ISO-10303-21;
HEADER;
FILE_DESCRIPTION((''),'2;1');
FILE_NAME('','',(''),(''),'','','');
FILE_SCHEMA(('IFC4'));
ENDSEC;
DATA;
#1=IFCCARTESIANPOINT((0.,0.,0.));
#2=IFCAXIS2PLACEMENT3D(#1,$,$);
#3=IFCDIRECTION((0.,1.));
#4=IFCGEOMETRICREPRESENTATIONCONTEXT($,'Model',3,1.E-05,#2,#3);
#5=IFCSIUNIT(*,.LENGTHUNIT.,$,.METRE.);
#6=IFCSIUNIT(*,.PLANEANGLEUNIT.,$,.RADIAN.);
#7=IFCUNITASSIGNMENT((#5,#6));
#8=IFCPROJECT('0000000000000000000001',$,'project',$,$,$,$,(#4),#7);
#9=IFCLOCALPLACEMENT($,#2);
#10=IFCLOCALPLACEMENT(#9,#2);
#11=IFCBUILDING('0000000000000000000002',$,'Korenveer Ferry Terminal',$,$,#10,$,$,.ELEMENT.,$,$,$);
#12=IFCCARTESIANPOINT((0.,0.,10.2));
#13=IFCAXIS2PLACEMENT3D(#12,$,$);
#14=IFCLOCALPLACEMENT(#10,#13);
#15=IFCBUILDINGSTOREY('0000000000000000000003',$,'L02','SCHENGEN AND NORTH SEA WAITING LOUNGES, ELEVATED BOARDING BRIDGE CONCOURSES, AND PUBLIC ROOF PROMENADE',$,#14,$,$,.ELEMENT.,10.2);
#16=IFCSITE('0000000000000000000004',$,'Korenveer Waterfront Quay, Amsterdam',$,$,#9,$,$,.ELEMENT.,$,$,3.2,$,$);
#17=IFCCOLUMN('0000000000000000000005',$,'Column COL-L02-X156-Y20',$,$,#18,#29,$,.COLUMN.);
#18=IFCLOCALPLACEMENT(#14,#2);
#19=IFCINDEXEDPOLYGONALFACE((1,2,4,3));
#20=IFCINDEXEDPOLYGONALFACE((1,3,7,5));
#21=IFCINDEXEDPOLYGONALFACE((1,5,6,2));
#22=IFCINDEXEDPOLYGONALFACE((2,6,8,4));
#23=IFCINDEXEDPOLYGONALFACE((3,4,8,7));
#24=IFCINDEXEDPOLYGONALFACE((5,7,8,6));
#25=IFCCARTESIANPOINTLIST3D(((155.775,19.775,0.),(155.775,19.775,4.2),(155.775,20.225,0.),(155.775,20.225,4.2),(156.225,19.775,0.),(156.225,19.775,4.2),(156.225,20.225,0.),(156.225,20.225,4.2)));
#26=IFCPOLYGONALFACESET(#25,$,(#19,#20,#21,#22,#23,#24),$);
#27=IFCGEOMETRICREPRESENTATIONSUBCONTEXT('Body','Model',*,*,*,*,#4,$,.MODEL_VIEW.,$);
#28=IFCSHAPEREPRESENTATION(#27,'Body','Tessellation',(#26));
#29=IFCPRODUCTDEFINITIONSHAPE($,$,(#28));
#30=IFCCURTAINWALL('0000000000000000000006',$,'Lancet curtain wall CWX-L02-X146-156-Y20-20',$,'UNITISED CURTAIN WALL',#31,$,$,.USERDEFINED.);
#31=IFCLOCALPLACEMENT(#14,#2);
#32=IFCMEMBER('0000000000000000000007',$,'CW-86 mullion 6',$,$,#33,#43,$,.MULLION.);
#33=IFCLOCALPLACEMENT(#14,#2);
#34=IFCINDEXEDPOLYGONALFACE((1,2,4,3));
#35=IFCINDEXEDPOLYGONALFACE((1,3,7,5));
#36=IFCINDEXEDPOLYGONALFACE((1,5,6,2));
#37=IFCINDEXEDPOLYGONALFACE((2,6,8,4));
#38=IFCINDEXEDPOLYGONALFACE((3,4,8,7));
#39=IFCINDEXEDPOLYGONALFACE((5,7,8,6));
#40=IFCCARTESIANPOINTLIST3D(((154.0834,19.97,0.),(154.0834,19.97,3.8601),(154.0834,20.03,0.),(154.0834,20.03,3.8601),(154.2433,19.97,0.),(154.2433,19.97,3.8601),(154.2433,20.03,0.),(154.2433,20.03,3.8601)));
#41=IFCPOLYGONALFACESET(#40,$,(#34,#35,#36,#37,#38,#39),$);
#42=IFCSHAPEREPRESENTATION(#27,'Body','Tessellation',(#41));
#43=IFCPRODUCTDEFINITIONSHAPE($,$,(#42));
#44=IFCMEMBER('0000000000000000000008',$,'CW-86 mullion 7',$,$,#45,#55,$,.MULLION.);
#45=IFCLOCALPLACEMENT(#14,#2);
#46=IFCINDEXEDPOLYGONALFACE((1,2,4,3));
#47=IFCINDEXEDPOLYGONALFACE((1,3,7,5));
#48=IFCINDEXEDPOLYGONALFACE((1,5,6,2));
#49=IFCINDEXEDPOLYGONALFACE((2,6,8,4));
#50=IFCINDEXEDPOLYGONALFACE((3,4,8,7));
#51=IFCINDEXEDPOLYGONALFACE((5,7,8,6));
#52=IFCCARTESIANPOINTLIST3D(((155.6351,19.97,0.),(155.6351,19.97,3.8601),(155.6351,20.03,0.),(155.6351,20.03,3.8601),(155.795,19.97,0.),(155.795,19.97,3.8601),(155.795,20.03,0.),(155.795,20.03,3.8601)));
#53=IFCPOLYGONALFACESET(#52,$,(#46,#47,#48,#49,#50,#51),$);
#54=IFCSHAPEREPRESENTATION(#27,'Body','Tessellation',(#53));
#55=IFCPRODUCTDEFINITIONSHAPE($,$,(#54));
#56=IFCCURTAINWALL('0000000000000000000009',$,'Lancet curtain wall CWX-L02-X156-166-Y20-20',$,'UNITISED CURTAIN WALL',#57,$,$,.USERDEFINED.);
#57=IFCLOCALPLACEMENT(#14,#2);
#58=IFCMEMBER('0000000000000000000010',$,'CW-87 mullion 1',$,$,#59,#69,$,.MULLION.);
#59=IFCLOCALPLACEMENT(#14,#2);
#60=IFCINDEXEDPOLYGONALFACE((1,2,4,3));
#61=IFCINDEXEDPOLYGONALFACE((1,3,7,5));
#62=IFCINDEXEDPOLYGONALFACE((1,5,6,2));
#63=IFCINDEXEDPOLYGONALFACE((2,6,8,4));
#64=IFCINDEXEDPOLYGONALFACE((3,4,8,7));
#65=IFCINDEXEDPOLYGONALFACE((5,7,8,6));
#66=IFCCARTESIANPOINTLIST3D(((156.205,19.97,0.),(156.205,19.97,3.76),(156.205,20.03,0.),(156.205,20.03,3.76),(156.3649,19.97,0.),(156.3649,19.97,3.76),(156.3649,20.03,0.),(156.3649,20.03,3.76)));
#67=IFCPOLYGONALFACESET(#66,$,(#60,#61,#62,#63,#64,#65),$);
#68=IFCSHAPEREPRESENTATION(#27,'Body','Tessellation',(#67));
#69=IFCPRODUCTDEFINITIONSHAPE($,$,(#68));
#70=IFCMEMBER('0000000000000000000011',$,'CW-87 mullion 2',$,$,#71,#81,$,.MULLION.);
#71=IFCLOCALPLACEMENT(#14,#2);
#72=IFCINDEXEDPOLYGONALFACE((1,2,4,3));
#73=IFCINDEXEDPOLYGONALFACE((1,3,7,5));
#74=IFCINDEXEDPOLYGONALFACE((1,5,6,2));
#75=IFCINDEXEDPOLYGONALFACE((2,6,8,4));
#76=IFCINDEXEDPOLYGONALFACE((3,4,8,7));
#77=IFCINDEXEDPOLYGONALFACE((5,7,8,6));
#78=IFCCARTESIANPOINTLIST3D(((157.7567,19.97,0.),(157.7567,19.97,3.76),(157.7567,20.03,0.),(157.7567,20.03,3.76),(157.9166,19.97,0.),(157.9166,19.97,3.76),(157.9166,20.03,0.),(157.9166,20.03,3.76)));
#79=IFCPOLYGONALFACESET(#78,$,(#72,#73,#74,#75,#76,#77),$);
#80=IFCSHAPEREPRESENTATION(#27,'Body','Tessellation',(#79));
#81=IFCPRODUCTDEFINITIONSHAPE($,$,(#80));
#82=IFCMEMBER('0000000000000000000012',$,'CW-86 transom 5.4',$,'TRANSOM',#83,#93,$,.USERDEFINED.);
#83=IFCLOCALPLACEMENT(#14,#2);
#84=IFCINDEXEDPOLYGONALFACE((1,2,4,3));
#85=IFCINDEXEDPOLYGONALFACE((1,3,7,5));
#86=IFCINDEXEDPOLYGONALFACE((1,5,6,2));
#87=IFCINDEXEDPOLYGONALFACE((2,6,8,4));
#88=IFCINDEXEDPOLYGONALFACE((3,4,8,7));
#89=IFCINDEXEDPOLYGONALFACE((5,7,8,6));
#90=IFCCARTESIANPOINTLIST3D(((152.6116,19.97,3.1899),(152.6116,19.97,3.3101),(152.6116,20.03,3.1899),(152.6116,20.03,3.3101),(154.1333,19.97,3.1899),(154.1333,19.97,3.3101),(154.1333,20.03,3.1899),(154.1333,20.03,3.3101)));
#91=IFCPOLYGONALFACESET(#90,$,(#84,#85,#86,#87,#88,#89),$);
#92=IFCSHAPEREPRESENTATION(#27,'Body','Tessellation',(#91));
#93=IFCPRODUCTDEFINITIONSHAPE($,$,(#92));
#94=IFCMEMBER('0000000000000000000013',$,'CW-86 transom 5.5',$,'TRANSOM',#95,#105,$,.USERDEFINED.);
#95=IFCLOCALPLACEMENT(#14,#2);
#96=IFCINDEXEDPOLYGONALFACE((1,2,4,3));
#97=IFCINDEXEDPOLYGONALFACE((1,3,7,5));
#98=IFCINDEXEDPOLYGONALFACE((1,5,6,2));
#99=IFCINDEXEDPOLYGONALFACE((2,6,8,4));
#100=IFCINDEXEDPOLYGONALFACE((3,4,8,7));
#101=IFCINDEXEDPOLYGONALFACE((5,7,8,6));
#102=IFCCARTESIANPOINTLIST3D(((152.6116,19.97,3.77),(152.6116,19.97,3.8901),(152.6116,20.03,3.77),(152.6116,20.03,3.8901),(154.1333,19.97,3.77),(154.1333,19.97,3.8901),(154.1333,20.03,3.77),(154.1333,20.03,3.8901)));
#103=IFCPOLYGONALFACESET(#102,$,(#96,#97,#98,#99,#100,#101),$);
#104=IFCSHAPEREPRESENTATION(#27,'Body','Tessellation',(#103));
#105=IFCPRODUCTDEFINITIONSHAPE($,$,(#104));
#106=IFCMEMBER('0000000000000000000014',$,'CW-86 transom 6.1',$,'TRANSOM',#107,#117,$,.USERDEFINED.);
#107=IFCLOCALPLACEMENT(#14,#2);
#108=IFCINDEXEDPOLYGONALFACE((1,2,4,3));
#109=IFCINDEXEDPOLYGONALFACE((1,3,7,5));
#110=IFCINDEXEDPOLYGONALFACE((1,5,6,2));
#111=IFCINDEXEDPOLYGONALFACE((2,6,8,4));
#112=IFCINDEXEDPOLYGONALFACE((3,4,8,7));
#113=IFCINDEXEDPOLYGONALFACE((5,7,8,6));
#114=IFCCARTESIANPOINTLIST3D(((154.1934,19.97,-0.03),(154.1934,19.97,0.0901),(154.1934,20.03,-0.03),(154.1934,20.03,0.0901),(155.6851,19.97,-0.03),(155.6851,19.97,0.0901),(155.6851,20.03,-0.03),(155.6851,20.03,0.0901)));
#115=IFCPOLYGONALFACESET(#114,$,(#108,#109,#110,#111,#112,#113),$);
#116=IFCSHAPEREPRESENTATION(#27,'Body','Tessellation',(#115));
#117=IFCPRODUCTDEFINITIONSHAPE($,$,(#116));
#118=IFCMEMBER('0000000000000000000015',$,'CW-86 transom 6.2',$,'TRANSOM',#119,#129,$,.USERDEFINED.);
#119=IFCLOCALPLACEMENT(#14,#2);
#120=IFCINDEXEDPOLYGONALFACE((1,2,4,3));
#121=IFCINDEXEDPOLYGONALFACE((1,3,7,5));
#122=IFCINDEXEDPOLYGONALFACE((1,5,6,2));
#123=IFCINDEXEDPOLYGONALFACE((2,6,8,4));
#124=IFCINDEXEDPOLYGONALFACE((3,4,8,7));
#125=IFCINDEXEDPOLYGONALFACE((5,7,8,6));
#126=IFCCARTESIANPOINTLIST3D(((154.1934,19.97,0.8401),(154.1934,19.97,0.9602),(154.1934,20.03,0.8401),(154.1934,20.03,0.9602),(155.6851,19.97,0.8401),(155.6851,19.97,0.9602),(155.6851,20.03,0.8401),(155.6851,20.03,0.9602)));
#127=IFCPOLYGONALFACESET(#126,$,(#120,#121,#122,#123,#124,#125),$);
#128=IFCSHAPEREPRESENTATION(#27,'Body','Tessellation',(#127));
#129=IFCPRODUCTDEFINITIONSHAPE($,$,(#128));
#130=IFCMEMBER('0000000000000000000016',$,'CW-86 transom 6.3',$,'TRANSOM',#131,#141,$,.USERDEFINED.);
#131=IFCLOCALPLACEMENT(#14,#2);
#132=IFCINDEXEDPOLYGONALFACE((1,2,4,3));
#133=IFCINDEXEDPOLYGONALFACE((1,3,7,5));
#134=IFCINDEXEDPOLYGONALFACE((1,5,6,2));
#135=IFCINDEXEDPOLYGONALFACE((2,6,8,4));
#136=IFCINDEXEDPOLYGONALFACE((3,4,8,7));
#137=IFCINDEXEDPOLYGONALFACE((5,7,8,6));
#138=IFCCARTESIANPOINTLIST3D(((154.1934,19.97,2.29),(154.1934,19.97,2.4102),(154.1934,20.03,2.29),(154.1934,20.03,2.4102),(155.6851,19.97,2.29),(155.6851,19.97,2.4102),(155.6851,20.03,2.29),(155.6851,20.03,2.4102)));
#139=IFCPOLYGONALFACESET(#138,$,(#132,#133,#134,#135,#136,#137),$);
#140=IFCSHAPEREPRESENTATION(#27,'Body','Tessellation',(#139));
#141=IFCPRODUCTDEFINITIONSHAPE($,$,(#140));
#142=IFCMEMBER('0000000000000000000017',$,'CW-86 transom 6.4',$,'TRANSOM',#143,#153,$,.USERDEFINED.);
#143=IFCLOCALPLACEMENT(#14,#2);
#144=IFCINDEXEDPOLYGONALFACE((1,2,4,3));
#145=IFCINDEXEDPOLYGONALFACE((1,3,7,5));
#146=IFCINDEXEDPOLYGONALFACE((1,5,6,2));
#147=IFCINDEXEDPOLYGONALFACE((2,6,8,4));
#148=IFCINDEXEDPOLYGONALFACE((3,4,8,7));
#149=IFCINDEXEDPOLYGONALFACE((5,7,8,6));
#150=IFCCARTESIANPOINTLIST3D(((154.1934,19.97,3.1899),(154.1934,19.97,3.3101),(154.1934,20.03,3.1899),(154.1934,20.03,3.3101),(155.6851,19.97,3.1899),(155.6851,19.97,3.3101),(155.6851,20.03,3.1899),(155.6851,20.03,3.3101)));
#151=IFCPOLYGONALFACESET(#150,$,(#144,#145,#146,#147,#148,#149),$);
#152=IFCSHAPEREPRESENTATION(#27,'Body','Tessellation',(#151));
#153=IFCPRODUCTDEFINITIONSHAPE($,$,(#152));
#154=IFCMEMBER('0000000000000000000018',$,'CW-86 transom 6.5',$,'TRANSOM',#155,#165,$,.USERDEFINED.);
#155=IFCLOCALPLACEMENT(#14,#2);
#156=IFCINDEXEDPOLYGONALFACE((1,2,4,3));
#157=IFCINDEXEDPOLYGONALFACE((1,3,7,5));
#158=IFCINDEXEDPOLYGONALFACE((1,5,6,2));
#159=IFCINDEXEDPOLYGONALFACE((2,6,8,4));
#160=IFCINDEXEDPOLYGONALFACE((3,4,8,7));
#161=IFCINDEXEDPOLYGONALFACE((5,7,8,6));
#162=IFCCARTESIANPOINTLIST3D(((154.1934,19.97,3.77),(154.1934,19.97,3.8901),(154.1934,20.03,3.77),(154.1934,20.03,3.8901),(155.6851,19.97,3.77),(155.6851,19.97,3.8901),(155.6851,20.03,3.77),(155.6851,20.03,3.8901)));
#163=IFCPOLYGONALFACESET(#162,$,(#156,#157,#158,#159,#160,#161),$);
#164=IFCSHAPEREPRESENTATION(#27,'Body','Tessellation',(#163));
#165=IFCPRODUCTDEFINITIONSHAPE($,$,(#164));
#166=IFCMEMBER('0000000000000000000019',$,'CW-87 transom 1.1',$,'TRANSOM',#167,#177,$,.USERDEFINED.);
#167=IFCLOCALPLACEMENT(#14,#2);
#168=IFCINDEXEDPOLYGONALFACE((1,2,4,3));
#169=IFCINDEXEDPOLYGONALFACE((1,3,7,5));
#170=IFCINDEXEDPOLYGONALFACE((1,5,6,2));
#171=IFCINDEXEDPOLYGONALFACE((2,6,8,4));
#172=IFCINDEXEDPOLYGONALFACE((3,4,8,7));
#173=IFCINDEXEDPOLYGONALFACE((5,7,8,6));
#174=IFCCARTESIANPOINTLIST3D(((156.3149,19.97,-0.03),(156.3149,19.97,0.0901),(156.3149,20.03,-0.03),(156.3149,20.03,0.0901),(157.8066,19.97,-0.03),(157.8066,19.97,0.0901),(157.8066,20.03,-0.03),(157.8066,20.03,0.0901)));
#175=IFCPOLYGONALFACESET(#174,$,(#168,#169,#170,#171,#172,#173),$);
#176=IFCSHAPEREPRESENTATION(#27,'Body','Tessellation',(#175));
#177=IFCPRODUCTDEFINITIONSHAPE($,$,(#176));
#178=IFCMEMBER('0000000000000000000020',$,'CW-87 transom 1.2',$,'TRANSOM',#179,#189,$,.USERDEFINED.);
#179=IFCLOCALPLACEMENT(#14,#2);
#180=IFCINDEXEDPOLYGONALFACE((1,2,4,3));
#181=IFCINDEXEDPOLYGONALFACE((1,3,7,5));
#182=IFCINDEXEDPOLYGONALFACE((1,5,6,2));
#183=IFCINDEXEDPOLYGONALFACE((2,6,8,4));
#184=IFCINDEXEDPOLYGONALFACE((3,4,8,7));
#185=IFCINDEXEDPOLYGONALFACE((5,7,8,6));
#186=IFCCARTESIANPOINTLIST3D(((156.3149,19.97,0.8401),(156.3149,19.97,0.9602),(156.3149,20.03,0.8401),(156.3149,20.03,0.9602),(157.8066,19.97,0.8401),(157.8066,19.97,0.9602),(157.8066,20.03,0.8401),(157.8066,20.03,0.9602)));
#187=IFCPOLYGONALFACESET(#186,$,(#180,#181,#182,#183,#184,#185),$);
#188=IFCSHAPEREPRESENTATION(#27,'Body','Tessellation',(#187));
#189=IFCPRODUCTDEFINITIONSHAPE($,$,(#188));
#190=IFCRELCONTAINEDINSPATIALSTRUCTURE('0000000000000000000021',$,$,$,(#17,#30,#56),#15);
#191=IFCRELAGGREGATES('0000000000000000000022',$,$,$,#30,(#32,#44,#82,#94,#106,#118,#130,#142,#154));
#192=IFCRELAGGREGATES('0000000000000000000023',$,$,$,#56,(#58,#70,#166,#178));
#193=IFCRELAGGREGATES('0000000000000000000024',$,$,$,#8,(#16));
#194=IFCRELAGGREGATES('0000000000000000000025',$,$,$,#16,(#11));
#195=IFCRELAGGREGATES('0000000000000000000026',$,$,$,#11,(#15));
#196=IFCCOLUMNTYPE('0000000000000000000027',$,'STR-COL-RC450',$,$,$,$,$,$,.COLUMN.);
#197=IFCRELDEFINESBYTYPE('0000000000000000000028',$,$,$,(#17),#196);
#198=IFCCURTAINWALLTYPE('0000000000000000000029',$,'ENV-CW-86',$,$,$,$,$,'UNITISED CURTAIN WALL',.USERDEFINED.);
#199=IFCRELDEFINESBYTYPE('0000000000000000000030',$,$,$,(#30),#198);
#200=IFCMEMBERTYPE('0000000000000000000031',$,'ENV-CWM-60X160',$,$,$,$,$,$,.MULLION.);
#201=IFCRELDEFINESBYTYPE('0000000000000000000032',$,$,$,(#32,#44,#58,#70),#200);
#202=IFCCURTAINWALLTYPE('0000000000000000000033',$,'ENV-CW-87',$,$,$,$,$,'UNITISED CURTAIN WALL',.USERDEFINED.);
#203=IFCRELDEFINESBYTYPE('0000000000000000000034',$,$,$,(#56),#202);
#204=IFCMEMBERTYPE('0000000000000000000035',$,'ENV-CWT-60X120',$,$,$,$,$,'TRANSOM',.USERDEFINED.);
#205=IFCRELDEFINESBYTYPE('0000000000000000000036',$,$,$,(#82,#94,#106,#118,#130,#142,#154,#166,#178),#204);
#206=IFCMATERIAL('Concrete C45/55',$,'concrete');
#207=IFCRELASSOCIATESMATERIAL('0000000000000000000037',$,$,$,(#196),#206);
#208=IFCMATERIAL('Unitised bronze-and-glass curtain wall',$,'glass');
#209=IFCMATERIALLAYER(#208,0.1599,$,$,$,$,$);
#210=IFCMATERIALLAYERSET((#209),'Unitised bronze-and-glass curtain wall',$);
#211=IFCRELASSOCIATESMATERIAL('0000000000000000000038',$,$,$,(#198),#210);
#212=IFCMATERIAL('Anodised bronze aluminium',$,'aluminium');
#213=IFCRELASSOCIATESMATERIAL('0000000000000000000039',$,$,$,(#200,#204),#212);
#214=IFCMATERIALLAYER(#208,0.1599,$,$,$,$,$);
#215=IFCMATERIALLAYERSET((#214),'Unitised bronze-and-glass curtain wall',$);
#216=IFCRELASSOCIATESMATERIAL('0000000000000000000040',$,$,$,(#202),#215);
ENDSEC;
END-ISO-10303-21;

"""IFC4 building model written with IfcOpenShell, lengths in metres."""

from ifc_helpers import new_model, si_unit, direction, frame, origin, origin_2d, place, context, subcontext, project, spatial, rectangle, extrude, material, layer, layer_set, material_profile, profile_set, type_object, element, aggregate, save


model = new_model("IFC4")

# Units and contexts
model_context = context("Model", 3, precision=1e-05, world=origin(), true_north=direction((0.0, 1.0)))
body_context = subcontext(model_context, "Body", "Model", "MODEL_VIEW")
ifc_project = project(units=[si_unit("LENGTHUNIT", "METRE"), si_unit("PLANEANGLEUNIT", "RADIAN")], contexts=[model_context])

# Site, building, storey
site_placement = place(None, origin())
site = spatial("IfcSite", under=ifc_project, at=site_placement, Name="Korenveer Waterfront Quay, Amsterdam", CompositionType="ELEMENT", RefElevation=3.2)
building_placement = place(site_placement, origin())
building = spatial("IfcBuilding", under=site, at=building_placement, Name="Korenveer Ferry Terminal", CompositionType="ELEMENT")
storey_placement = place(building_placement, frame((0.0, 0.0, 10.2)))
storey = spatial("IfcBuildingStorey", under=building, at=storey_placement, Name="L02", Description="SCHENGEN AND NORTH SEA WAITING LOUNGES, ELEVATED BOARDING BRIDGE CONCOURSES, AND PUBLIC ROOF PROMENADE", CompositionType="ELEMENT", Elevation=10.2)

# Column
ifc_material_1 = material(Name="Concrete C45/55", Category="concrete")
ifc_material_profile_1 = material_profile(ifc_material_1, rectangle(XDim=0.45, YDim=0.45, at=origin_2d()), Name="RC 450x450")
ifc_profile_set_1 = profile_set([ifc_material_profile_1], Name="Concrete C45/55")
column_type = type_object("IfcColumnType", Name="STR-COL-RC450", PredefinedType="COLUMN", material=ifc_profile_set_1)
column_placement = place(storey_placement, frame((156.0, 20.0, 0.0), z_axis=(0.0, 0.0, 1.0), x_axis=(1.0, 0.0, 0.0)))
element("IfcColumn", 1, at=column_placement, inside=storey, type_object=column_type, Name="Column COL-L02-X156-Y20", PredefinedType="COLUMN", context=body_context, shape_type="SweptSolid", body=[
    extrude(rectangle(XDim=0.45, YDim=0.45, at=origin_2d()), origin(), (0.0, 0.0, 1.0), 4.2),
])

# Curtain walls, members
ifc_material_2 = material(Name="Unitised bronze-and-glass curtain wall", Category="glass")
ifc_layer_1 = layer(ifc_material_2, 0.1599)
ifc_layer_set_1 = layer_set([ifc_layer_1], Name="Unitised bronze-and-glass curtain wall")
curtain_wall_type_1 = type_object("IfcCurtainWallType", Name="ENV-CW-86", ElementType="UNITISED CURTAIN WALL", PredefinedType="USERDEFINED", material=ifc_layer_set_1)
curtain_wall_1_placement = place(storey_placement, frame((146.2549, 20.0, 0.0)))
curtain_wall_1 = element("IfcCurtainWall", 2, at=curtain_wall_1_placement, inside=storey, type_object=curtain_wall_type_1, Name="Lancet curtain wall CWX-L02-X146-156-Y20-20", ObjectType="UNITISED CURTAIN WALL", PredefinedType="USERDEFINED")
ifc_material_3 = material(Name="Anodised bronze aluminium", Category="aluminium")
ifc_material_profile_2 = material_profile(ifc_material_3, rectangle(XDim=0.0601, YDim=0.1599, at=origin_2d()), Name="ALU 60x160")
ifc_profile_set_2 = profile_set([ifc_material_profile_2], Name="Anodised bronze aluminium")
member_type_1 = type_object("IfcMemberType", Name="ENV-CWM-60X160", PredefinedType="MULLION", material=ifc_profile_set_2)
member_1_placement = place(storey_placement, frame((154.1633, 20.0, 0.0), z_axis=(0.0, 0.0, 1.0), x_axis=(0.0, 1.0, 0.0)))
member_1 = element("IfcMember", 3, at=member_1_placement, type_object=member_type_1, Name="CW-86 mullion 6", PredefinedType="MULLION", context=body_context, shape_type="SweptSolid", body=[
    extrude(rectangle(XDim=0.0601, YDim=0.1599, at=origin_2d()), origin(), (0.0, 0.0, 1.0), 3.8601),
])
member_2_placement = place(storey_placement, frame((155.7151, 20.0, 0.0), z_axis=(0.0, 0.0, 1.0), x_axis=(0.0, 1.0, 0.0)))
member_2 = element("IfcMember", 4, at=member_2_placement, type_object=member_type_1, Name="CW-86 mullion 7", PredefinedType="MULLION", context=body_context, shape_type="SweptSolid", body=[
    extrude(rectangle(XDim=0.0601, YDim=0.1599, at=origin_2d()), origin(), (0.0, 0.0, 1.0), 3.8601),
])
ifc_layer_2 = layer(ifc_material_2, 0.1599)
ifc_layer_set_2 = layer_set([ifc_layer_2], Name="Unitised bronze-and-glass curtain wall")
curtain_wall_type_2 = type_object("IfcCurtainWallType", Name="ENV-CW-87", ElementType="UNITISED CURTAIN WALL", PredefinedType="USERDEFINED", material=ifc_layer_set_2)
curtain_wall_2_placement = place(storey_placement, frame((156.2549, 20.0, 0.0)))
curtain_wall_2 = element("IfcCurtainWall", 5, at=curtain_wall_2_placement, inside=storey, type_object=curtain_wall_type_2, Name="Lancet curtain wall CWX-L02-X156-166-Y20-20", ObjectType="UNITISED CURTAIN WALL", PredefinedType="USERDEFINED")
member_3_placement = place(storey_placement, frame((156.2849, 20.0, 0.0), z_axis=(0.0, 0.0, 1.0), x_axis=(0.0, 1.0, 0.0)))
member_3 = element("IfcMember", 6, at=member_3_placement, type_object=member_type_1, Name="CW-87 mullion 1", PredefinedType="MULLION", context=body_context, shape_type="SweptSolid", body=[
    extrude(rectangle(XDim=0.0601, YDim=0.1599, at=origin_2d()), origin(), (0.0, 0.0, 1.0), 3.76),
])
member_4_placement = place(storey_placement, frame((157.8367, 20.0, 0.0), z_axis=(0.0, 0.0, 1.0), x_axis=(0.0, 1.0, 0.0)))
member_4 = element("IfcMember", 7, at=member_4_placement, type_object=member_type_1, Name="CW-87 mullion 2", PredefinedType="MULLION", context=body_context, shape_type="SweptSolid", body=[
    extrude(rectangle(XDim=0.0601, YDim=0.1599, at=origin_2d()), origin(), (0.0, 0.0, 1.0), 3.76),
])

# Members
ifc_material_profile_3 = material_profile(ifc_material_3, rectangle(XDim=0.0601, YDim=0.1201, at=origin_2d()), Name="ALU 60x120")
ifc_profile_set_3 = profile_set([ifc_material_profile_3], Name="Anodised bronze aluminium")
member_type_2 = type_object("IfcMemberType", Name="ENV-CWT-60X120", ElementType="TRANSOM", PredefinedType="USERDEFINED", material=ifc_profile_set_3)
member_5_placement = place(storey_placement, frame((152.6116, 20.0, 3.25), z_axis=(1.0, 0.0, 0.0), x_axis=(0.0, 1.0, 0.0)))
member_5 = element("IfcMember", 8, at=member_5_placement, type_object=member_type_2, Name="CW-86 transom 5.4", ObjectType="TRANSOM", PredefinedType="USERDEFINED", context=body_context, shape_type="SweptSolid", body=[
    extrude(rectangle(XDim=0.0601, YDim=0.1201, at=origin_2d()), origin(), (0.0, 0.0, 1.0), 1.5217),
])
member_6_placement = place(storey_placement, frame((152.6116, 20.0, 3.8301), z_axis=(1.0, 0.0, 0.0), x_axis=(0.0, 1.0, 0.0)))
member_6 = element("IfcMember", 9, at=member_6_placement, type_object=member_type_2, Name="CW-86 transom 5.5", ObjectType="TRANSOM", PredefinedType="USERDEFINED", context=body_context, shape_type="SweptSolid", body=[
    extrude(rectangle(XDim=0.0601, YDim=0.1201, at=origin_2d()), origin(), (0.0, 0.0, 1.0), 1.5217),
])
member_7_placement = place(storey_placement, frame((154.1934, 20.0, 0.03), z_axis=(1.0, 0.0, 0.0), x_axis=(0.0, 1.0, 0.0)))
member_7 = element("IfcMember", 10, at=member_7_placement, type_object=member_type_2, Name="CW-86 transom 6.1", ObjectType="TRANSOM", PredefinedType="USERDEFINED", context=body_context, shape_type="SweptSolid", body=[
    extrude(rectangle(XDim=0.0601, YDim=0.1201, at=origin_2d()), origin(), (0.0, 0.0, 1.0), 1.4917),
])
member_8_placement = place(storey_placement, frame((154.1934, 20.0, 0.9001), z_axis=(1.0, 0.0, 0.0), x_axis=(0.0, 1.0, 0.0)))
member_8 = element("IfcMember", 11, at=member_8_placement, type_object=member_type_2, Name="CW-86 transom 6.2", ObjectType="TRANSOM", PredefinedType="USERDEFINED", context=body_context, shape_type="SweptSolid", body=[
    extrude(rectangle(XDim=0.0601, YDim=0.1201, at=origin_2d()), origin(), (0.0, 0.0, 1.0), 1.4917),
])
member_9_placement = place(storey_placement, frame((154.1934, 20.0, 2.3501), z_axis=(1.0, 0.0, 0.0), x_axis=(0.0, 1.0, 0.0)))
member_9 = element("IfcMember", 12, at=member_9_placement, type_object=member_type_2, Name="CW-86 transom 6.3", ObjectType="TRANSOM", PredefinedType="USERDEFINED", context=body_context, shape_type="SweptSolid", body=[
    extrude(rectangle(XDim=0.0601, YDim=0.1201, at=origin_2d()), origin(), (0.0, 0.0, 1.0), 1.4917),
])
member_10_placement = place(storey_placement, frame((154.1934, 20.0, 3.25), z_axis=(1.0, 0.0, 0.0), x_axis=(0.0, 1.0, 0.0)))
member_10 = element("IfcMember", 13, at=member_10_placement, type_object=member_type_2, Name="CW-86 transom 6.4", ObjectType="TRANSOM", PredefinedType="USERDEFINED", context=body_context, shape_type="SweptSolid", body=[
    extrude(rectangle(XDim=0.0601, YDim=0.1201, at=origin_2d()), origin(), (0.0, 0.0, 1.0), 1.4917),
])
member_11_placement = place(storey_placement, frame((154.1934, 20.0, 3.8301), z_axis=(1.0, 0.0, 0.0), x_axis=(0.0, 1.0, 0.0)))
member_11 = element("IfcMember", 14, at=member_11_placement, type_object=member_type_2, Name="CW-86 transom 6.5", ObjectType="TRANSOM", PredefinedType="USERDEFINED", context=body_context, shape_type="SweptSolid", body=[
    extrude(rectangle(XDim=0.0601, YDim=0.1201, at=origin_2d()), origin(), (0.0, 0.0, 1.0), 1.4917),
])
member_12_placement = place(storey_placement, frame((156.3149, 20.0, 0.03), z_axis=(1.0, 0.0, 0.0), x_axis=(0.0, 1.0, 0.0)))
member_12 = element("IfcMember", 15, at=member_12_placement, type_object=member_type_2, Name="CW-87 transom 1.1", ObjectType="TRANSOM", PredefinedType="USERDEFINED", context=body_context, shape_type="SweptSolid", body=[
    extrude(rectangle(XDim=0.0601, YDim=0.1201, at=origin_2d()), origin(), (0.0, 0.0, 1.0), 1.4917),
])
member_13_placement = place(storey_placement, frame((156.3149, 20.0, 0.9001), z_axis=(1.0, 0.0, 0.0), x_axis=(0.0, 1.0, 0.0)))
member_13 = element("IfcMember", 16, at=member_13_placement, type_object=member_type_2, Name="CW-87 transom 1.2", ObjectType="TRANSOM", PredefinedType="USERDEFINED", context=body_context, shape_type="SweptSolid", body=[
    extrude(rectangle(XDim=0.0601, YDim=0.1201, at=origin_2d()), origin(), (0.0, 0.0, 1.0), 1.4917),
])

aggregate(curtain_wall_1, [member_1, member_2, member_5, member_6, member_7, member_8, member_9, member_10, member_11])
aggregate(curtain_wall_2, [member_3, member_4, member_12, member_13])

save(model, "model.ifc")
